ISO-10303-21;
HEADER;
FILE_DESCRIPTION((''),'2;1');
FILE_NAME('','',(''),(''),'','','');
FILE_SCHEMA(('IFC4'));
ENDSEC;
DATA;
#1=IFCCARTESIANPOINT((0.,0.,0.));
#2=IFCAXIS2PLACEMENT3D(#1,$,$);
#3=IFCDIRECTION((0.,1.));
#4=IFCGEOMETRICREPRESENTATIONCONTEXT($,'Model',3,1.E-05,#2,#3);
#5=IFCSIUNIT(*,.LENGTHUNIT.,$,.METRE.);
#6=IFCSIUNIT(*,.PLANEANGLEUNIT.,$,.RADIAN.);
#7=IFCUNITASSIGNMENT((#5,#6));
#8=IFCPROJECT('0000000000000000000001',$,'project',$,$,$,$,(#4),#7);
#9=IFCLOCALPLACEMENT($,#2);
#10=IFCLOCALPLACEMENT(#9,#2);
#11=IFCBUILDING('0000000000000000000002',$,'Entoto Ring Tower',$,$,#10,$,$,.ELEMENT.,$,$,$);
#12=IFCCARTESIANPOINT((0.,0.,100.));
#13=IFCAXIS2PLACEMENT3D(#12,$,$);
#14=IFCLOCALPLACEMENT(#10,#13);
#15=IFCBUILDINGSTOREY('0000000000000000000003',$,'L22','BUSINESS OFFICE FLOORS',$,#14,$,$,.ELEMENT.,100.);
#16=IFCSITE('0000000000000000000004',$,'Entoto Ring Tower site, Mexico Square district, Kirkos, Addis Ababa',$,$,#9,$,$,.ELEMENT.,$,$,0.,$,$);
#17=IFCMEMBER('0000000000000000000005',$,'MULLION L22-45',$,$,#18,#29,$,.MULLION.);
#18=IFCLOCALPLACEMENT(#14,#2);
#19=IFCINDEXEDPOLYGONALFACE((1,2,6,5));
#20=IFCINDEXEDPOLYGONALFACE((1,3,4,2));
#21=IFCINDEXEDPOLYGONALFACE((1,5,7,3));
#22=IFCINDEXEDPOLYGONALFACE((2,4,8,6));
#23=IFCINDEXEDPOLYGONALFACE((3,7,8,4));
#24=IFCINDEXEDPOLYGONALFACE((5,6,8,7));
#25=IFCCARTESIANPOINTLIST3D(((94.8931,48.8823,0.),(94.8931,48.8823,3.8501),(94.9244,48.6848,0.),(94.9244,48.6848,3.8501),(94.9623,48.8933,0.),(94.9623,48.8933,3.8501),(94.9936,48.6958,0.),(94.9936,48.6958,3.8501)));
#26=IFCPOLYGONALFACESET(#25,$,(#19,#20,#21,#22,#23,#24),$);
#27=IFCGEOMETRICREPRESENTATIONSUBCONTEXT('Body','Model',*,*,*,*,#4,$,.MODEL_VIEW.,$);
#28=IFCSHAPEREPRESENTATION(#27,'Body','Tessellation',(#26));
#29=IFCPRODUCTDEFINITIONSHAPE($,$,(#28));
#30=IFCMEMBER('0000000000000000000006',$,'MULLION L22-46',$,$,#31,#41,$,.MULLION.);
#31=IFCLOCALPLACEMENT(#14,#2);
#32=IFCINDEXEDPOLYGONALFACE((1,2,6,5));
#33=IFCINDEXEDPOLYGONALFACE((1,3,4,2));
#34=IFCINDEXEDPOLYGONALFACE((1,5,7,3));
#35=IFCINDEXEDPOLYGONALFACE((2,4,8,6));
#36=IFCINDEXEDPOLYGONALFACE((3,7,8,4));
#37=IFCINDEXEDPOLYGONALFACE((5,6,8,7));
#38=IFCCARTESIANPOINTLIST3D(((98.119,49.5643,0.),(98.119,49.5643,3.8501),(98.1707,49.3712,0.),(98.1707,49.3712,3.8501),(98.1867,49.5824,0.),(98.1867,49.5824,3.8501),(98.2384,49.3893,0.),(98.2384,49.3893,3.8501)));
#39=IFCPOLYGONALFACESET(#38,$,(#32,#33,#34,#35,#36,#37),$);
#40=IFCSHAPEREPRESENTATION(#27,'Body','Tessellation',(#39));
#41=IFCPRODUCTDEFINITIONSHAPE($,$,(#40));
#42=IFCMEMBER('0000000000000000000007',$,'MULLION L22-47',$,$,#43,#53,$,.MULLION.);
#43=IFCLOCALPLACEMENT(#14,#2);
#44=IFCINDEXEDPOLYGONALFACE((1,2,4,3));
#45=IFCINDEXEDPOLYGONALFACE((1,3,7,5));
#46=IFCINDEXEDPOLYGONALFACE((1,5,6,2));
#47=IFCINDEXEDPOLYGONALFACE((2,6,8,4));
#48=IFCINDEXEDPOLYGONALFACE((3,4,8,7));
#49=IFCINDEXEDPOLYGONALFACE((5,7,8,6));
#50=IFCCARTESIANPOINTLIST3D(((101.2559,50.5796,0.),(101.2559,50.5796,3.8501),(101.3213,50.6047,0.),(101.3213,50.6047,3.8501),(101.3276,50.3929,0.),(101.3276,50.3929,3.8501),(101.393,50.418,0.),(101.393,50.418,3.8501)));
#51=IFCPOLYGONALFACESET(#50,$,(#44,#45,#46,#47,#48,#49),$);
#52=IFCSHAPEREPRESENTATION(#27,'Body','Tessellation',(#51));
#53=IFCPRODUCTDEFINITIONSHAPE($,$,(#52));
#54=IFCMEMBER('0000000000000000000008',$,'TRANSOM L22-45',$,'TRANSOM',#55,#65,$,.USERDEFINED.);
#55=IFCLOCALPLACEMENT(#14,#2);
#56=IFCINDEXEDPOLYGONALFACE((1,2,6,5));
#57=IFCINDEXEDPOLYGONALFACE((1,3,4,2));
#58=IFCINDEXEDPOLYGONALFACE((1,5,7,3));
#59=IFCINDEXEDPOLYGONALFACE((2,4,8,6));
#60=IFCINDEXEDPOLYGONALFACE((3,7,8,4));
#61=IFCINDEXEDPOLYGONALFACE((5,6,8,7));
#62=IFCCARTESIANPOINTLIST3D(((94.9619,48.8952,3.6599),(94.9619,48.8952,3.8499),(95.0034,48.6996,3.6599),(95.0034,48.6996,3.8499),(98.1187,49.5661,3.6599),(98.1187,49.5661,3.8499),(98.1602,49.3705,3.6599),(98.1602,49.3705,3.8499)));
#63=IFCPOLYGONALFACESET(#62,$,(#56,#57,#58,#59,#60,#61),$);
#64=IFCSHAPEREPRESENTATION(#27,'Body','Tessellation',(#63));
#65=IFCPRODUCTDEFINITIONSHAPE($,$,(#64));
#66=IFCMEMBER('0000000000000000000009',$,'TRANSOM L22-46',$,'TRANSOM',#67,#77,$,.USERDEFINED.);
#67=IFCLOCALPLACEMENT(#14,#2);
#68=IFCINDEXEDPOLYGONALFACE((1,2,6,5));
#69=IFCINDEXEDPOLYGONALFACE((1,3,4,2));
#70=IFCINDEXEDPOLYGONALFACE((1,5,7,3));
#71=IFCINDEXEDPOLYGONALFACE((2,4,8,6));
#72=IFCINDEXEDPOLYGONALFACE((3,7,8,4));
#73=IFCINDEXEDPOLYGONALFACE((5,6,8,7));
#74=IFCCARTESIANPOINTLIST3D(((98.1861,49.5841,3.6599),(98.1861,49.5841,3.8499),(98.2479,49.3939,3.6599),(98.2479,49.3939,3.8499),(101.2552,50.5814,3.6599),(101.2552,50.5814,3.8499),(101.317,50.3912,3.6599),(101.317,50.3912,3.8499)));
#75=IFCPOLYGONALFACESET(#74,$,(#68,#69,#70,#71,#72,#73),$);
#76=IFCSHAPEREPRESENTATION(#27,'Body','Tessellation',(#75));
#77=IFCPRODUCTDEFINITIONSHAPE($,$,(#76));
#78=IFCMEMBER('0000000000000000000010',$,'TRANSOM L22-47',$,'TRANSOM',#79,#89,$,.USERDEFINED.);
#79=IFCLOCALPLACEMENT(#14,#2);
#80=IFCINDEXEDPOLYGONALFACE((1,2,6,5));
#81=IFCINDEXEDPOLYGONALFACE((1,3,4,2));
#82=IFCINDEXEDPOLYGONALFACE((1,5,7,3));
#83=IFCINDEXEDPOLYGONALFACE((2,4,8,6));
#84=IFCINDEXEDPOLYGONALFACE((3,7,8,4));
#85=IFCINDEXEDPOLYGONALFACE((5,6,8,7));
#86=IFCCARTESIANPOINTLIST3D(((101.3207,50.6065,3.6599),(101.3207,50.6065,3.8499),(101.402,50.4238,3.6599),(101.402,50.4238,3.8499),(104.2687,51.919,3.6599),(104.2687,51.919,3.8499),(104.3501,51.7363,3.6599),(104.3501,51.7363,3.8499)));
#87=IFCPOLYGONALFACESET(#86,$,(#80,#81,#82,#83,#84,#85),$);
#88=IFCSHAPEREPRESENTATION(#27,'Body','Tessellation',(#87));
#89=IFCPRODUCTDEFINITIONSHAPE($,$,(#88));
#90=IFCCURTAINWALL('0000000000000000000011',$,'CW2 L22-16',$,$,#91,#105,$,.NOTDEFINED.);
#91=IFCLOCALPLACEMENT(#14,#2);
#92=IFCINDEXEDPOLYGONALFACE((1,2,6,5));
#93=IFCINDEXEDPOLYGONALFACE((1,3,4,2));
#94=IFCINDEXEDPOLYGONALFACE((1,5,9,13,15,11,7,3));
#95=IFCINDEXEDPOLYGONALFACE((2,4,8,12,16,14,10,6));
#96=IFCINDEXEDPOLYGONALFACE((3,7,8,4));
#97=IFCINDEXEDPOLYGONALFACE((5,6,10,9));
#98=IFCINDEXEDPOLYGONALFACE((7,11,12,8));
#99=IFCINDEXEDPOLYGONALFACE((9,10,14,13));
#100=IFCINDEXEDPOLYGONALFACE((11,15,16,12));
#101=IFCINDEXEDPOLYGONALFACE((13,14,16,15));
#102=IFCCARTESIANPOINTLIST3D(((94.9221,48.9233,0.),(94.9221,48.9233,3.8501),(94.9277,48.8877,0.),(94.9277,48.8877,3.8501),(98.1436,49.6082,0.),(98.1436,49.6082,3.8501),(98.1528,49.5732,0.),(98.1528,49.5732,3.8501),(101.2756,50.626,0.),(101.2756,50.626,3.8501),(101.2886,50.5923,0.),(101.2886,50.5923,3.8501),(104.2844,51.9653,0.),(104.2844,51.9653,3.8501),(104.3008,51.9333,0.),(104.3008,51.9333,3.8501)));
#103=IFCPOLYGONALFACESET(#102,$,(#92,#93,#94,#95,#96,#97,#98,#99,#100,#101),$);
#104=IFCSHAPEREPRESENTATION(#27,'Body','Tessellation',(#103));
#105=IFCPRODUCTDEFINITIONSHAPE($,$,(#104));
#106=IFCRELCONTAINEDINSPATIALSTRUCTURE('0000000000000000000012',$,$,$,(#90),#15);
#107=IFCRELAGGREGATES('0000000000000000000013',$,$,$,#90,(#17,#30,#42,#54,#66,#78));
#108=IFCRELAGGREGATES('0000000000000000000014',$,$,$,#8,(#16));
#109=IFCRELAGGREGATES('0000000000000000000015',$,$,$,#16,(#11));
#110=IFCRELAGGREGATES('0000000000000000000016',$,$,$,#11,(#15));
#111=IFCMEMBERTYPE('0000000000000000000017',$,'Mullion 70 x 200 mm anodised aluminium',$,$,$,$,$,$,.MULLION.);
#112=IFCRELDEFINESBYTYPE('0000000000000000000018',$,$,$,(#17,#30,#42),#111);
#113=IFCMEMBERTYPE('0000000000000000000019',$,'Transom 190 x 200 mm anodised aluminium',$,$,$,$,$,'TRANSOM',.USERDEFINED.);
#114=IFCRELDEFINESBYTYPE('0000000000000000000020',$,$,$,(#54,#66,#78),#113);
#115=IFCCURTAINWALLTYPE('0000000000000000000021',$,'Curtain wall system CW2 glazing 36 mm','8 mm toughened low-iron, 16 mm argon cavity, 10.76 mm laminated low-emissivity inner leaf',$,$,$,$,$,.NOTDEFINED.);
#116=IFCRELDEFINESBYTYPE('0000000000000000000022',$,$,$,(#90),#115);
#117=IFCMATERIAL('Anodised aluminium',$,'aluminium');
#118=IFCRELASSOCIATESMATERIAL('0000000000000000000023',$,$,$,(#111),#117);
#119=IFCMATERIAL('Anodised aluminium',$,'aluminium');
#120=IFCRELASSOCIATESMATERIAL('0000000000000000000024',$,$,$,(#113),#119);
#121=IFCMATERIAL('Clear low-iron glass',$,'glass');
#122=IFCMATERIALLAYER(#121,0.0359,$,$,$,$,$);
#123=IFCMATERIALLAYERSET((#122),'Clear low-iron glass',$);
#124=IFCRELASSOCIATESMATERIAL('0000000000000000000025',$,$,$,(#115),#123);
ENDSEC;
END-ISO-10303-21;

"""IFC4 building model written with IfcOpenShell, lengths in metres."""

from ifc_helpers import new_model, si_unit, direction, frame, origin, origin_2d, place, context, subcontext, project, spatial, polyline, rectangle, outline, extrude, material, layer, layer_set, material_profile, profile_set, type_object, element, aggregate, save


model = new_model("IFC4")

# Units and contexts
model_context = context("Model", 3, precision=1e-05, world=origin(), true_north=direction((0.0, 1.0)))
body_context = subcontext(model_context, "Body", "Model", "MODEL_VIEW")
ifc_project = project(units=[si_unit("LENGTHUNIT", "METRE"), si_unit("PLANEANGLEUNIT", "RADIAN")], contexts=[model_context])

# Members
ifc_material_1 = material(Name="Anodised aluminium", Category="aluminium")
ifc_material_profile_1 = material_profile(ifc_material_1, rectangle(XDim=0.0701, YDim=0.2, at=origin_2d()), Name="Mullion 70 x 200 mm anodised aluminium")
ifc_profile_set_1 = profile_set([ifc_material_profile_1], Name="Anodised aluminium")
member_type_1 = type_object("IfcMemberType", Name="Mullion 70 x 200 mm anodised aluminium", PredefinedType="MULLION", material=ifc_profile_set_1)
site_placement = place(None, origin())
building_placement = place(site_placement, origin())
storey_placement = place(building_placement, frame((0.0, 0.0, 100.0)))
member_1_placement = place(storey_placement, frame((94.9434, 48.7891, 0.0), z_axis=(0.0, 0.0, 1.0), x_axis=(0.987688, 0.156434, 0.0)))
member_1 = element("IfcMember", 1, at=member_1_placement, type_object=member_type_1, Name="MULLION L22-45", PredefinedType="MULLION", context=body_context, shape_type="SweptSolid", body=[
    extrude(rectangle(XDim=0.0701, YDim=0.2, at=origin_2d()), origin(), (0.0, 0.0, 1.0), 3.8501),
])
member_2_placement = place(storey_placement, frame((98.1787, 49.4768, 0.0), z_axis=(0.0, 0.0, 1.0), x_axis=(0.965926, 0.258819, 0.0)))
member_2 = element("IfcMember", 2, at=member_2_placement, type_object=member_type_1, Name="MULLION L22-46", PredefinedType="MULLION", context=body_context, shape_type="SweptSolid", body=[
    extrude(rectangle(XDim=0.0701, YDim=0.2, at=origin_2d()), origin(), (0.0, 0.0, 1.0), 3.8501),
])
member_3_placement = place(storey_placement, frame((101.3245, 50.4988, 0.0), z_axis=(0.0, 0.0, 1.0), x_axis=(0.93358, 0.358368, 0.0)))
member_3 = element("IfcMember", 3, at=member_3_placement, type_object=member_type_1, Name="MULLION L22-47", PredefinedType="MULLION", context=body_context, shape_type="SweptSolid", body=[
    extrude(rectangle(XDim=0.0701, YDim=0.2, at=origin_2d()), origin(), (0.0, 0.0, 1.0), 3.8501),
])
ifc_material_2 = material(Name="Anodised aluminium", Category="aluminium")
ifc_material_profile_2 = material_profile(ifc_material_2, rectangle(XDim=0.2, YDim=0.1899, at=origin_2d()), Name="Transom 190 x 200 mm anodised aluminium")
ifc_profile_set_2 = profile_set([ifc_material_profile_2], Name="Anodised aluminium")
member_type_2 = type_object("IfcMemberType", Name="Transom 190 x 200 mm anodised aluminium", ElementType="TRANSOM", PredefinedType="USERDEFINED", material=ifc_profile_set_2)
member_4_placement = place(storey_placement, frame((94.9827, 48.7974, 3.7549), z_axis=(0.978153, 0.207886, 0.0), x_axis=(-0.207886, 0.978153, 0.0)))
member_4 = element("IfcMember", 4, at=member_4_placement, type_object=member_type_2, Name="TRANSOM L22-45", ObjectType="TRANSOM", PredefinedType="USERDEFINED", context=body_context, shape_type="SweptSolid", body=[
    extrude(rectangle(XDim=0.2, YDim=0.1899, at=origin_2d()), origin(), (0.0, 0.0, 1.0), 3.2273),
])
member_5_placement = place(storey_placement, frame((98.217, 49.489, 3.7549), z_axis=(0.951047, 0.309047, 0.0), x_axis=(-0.309047, 0.951047, 0.0)))
member_5 = element("IfcMember", 5, at=member_5_placement, type_object=member_type_2, Name="TRANSOM L22-46", ObjectType="TRANSOM", PredefinedType="USERDEFINED", context=body_context, shape_type="SweptSolid", body=[
    extrude(rectangle(XDim=0.2, YDim=0.1899, at=origin_2d()), origin(), (0.0, 0.0, 1.0), 3.2271),
])
member_6_placement = place(storey_placement, frame((101.3613, 50.5151, 3.7549), z_axis=(0.913549, 0.406728, 0.0), x_axis=(-0.406728, 0.913549, 0.0)))
member_6 = element("IfcMember", 6, at=member_6_placement, type_object=member_type_2, Name="TRANSOM L22-47", ObjectType="TRANSOM", PredefinedType="USERDEFINED", context=body_context, shape_type="SweptSolid", body=[
    extrude(rectangle(XDim=0.2, YDim=0.1899, at=origin_2d()), origin(), (0.0, 0.0, 1.0), 3.2271),
])

# Site, building, storey
site = spatial("IfcSite", under=ifc_project, at=site_placement, Name="Entoto Ring Tower site, Mexico Square district, Kirkos, Addis Ababa", CompositionType="ELEMENT", RefElevation=0.0)
building = spatial("IfcBuilding", under=site, at=building_placement, Name="Entoto Ring Tower", CompositionType="ELEMENT")
storey = spatial("IfcBuildingStorey", under=building, at=storey_placement, Name="L22", Description="BUSINESS OFFICE FLOORS", CompositionType="ELEMENT", Elevation=100.0)

# Curtain wall
ifc_material_3 = material(Name="Clear low-iron glass", Category="glass")
ifc_layer_1 = layer(ifc_material_3, 0.0359)
ifc_layer_set_1 = layer_set([ifc_layer_1], Name="Clear low-iron glass")
curtain_wall_type = type_object("IfcCurtainWallType", Name="Curtain wall system CW2 glazing 36 mm", Description="8 mm toughened low-iron, 16 mm argon cavity, 10.76 mm laminated low-emissivity inner leaf", PredefinedType="NOTDEFINED", material=ifc_layer_set_1)
curtain_wall_1_placement = place(storey_placement, origin())
curtain_wall_1 = element("IfcCurtainWall", 7, at=curtain_wall_1_placement, inside=storey, type_object=curtain_wall_type, Name="CW2 L22-16", PredefinedType="NOTDEFINED", context=body_context, shape_type="SweptSolid", body=[
    extrude(outline(polyline([(94.9277, 48.8877), (98.1528, 49.5732), (101.2886, 50.5923), (104.3008, 51.9333), (104.2844, 51.9653), (101.2756, 50.626), (98.1436, 49.6082), (94.9221, 48.9233), (94.9277, 48.8877)])), origin(), (0.0, 0.0, 1.0), 3.8501),
])
aggregate(curtain_wall_1, [member_1, member_2, member_3, member_4, member_5, member_6])

save(model, "model.ifc")
